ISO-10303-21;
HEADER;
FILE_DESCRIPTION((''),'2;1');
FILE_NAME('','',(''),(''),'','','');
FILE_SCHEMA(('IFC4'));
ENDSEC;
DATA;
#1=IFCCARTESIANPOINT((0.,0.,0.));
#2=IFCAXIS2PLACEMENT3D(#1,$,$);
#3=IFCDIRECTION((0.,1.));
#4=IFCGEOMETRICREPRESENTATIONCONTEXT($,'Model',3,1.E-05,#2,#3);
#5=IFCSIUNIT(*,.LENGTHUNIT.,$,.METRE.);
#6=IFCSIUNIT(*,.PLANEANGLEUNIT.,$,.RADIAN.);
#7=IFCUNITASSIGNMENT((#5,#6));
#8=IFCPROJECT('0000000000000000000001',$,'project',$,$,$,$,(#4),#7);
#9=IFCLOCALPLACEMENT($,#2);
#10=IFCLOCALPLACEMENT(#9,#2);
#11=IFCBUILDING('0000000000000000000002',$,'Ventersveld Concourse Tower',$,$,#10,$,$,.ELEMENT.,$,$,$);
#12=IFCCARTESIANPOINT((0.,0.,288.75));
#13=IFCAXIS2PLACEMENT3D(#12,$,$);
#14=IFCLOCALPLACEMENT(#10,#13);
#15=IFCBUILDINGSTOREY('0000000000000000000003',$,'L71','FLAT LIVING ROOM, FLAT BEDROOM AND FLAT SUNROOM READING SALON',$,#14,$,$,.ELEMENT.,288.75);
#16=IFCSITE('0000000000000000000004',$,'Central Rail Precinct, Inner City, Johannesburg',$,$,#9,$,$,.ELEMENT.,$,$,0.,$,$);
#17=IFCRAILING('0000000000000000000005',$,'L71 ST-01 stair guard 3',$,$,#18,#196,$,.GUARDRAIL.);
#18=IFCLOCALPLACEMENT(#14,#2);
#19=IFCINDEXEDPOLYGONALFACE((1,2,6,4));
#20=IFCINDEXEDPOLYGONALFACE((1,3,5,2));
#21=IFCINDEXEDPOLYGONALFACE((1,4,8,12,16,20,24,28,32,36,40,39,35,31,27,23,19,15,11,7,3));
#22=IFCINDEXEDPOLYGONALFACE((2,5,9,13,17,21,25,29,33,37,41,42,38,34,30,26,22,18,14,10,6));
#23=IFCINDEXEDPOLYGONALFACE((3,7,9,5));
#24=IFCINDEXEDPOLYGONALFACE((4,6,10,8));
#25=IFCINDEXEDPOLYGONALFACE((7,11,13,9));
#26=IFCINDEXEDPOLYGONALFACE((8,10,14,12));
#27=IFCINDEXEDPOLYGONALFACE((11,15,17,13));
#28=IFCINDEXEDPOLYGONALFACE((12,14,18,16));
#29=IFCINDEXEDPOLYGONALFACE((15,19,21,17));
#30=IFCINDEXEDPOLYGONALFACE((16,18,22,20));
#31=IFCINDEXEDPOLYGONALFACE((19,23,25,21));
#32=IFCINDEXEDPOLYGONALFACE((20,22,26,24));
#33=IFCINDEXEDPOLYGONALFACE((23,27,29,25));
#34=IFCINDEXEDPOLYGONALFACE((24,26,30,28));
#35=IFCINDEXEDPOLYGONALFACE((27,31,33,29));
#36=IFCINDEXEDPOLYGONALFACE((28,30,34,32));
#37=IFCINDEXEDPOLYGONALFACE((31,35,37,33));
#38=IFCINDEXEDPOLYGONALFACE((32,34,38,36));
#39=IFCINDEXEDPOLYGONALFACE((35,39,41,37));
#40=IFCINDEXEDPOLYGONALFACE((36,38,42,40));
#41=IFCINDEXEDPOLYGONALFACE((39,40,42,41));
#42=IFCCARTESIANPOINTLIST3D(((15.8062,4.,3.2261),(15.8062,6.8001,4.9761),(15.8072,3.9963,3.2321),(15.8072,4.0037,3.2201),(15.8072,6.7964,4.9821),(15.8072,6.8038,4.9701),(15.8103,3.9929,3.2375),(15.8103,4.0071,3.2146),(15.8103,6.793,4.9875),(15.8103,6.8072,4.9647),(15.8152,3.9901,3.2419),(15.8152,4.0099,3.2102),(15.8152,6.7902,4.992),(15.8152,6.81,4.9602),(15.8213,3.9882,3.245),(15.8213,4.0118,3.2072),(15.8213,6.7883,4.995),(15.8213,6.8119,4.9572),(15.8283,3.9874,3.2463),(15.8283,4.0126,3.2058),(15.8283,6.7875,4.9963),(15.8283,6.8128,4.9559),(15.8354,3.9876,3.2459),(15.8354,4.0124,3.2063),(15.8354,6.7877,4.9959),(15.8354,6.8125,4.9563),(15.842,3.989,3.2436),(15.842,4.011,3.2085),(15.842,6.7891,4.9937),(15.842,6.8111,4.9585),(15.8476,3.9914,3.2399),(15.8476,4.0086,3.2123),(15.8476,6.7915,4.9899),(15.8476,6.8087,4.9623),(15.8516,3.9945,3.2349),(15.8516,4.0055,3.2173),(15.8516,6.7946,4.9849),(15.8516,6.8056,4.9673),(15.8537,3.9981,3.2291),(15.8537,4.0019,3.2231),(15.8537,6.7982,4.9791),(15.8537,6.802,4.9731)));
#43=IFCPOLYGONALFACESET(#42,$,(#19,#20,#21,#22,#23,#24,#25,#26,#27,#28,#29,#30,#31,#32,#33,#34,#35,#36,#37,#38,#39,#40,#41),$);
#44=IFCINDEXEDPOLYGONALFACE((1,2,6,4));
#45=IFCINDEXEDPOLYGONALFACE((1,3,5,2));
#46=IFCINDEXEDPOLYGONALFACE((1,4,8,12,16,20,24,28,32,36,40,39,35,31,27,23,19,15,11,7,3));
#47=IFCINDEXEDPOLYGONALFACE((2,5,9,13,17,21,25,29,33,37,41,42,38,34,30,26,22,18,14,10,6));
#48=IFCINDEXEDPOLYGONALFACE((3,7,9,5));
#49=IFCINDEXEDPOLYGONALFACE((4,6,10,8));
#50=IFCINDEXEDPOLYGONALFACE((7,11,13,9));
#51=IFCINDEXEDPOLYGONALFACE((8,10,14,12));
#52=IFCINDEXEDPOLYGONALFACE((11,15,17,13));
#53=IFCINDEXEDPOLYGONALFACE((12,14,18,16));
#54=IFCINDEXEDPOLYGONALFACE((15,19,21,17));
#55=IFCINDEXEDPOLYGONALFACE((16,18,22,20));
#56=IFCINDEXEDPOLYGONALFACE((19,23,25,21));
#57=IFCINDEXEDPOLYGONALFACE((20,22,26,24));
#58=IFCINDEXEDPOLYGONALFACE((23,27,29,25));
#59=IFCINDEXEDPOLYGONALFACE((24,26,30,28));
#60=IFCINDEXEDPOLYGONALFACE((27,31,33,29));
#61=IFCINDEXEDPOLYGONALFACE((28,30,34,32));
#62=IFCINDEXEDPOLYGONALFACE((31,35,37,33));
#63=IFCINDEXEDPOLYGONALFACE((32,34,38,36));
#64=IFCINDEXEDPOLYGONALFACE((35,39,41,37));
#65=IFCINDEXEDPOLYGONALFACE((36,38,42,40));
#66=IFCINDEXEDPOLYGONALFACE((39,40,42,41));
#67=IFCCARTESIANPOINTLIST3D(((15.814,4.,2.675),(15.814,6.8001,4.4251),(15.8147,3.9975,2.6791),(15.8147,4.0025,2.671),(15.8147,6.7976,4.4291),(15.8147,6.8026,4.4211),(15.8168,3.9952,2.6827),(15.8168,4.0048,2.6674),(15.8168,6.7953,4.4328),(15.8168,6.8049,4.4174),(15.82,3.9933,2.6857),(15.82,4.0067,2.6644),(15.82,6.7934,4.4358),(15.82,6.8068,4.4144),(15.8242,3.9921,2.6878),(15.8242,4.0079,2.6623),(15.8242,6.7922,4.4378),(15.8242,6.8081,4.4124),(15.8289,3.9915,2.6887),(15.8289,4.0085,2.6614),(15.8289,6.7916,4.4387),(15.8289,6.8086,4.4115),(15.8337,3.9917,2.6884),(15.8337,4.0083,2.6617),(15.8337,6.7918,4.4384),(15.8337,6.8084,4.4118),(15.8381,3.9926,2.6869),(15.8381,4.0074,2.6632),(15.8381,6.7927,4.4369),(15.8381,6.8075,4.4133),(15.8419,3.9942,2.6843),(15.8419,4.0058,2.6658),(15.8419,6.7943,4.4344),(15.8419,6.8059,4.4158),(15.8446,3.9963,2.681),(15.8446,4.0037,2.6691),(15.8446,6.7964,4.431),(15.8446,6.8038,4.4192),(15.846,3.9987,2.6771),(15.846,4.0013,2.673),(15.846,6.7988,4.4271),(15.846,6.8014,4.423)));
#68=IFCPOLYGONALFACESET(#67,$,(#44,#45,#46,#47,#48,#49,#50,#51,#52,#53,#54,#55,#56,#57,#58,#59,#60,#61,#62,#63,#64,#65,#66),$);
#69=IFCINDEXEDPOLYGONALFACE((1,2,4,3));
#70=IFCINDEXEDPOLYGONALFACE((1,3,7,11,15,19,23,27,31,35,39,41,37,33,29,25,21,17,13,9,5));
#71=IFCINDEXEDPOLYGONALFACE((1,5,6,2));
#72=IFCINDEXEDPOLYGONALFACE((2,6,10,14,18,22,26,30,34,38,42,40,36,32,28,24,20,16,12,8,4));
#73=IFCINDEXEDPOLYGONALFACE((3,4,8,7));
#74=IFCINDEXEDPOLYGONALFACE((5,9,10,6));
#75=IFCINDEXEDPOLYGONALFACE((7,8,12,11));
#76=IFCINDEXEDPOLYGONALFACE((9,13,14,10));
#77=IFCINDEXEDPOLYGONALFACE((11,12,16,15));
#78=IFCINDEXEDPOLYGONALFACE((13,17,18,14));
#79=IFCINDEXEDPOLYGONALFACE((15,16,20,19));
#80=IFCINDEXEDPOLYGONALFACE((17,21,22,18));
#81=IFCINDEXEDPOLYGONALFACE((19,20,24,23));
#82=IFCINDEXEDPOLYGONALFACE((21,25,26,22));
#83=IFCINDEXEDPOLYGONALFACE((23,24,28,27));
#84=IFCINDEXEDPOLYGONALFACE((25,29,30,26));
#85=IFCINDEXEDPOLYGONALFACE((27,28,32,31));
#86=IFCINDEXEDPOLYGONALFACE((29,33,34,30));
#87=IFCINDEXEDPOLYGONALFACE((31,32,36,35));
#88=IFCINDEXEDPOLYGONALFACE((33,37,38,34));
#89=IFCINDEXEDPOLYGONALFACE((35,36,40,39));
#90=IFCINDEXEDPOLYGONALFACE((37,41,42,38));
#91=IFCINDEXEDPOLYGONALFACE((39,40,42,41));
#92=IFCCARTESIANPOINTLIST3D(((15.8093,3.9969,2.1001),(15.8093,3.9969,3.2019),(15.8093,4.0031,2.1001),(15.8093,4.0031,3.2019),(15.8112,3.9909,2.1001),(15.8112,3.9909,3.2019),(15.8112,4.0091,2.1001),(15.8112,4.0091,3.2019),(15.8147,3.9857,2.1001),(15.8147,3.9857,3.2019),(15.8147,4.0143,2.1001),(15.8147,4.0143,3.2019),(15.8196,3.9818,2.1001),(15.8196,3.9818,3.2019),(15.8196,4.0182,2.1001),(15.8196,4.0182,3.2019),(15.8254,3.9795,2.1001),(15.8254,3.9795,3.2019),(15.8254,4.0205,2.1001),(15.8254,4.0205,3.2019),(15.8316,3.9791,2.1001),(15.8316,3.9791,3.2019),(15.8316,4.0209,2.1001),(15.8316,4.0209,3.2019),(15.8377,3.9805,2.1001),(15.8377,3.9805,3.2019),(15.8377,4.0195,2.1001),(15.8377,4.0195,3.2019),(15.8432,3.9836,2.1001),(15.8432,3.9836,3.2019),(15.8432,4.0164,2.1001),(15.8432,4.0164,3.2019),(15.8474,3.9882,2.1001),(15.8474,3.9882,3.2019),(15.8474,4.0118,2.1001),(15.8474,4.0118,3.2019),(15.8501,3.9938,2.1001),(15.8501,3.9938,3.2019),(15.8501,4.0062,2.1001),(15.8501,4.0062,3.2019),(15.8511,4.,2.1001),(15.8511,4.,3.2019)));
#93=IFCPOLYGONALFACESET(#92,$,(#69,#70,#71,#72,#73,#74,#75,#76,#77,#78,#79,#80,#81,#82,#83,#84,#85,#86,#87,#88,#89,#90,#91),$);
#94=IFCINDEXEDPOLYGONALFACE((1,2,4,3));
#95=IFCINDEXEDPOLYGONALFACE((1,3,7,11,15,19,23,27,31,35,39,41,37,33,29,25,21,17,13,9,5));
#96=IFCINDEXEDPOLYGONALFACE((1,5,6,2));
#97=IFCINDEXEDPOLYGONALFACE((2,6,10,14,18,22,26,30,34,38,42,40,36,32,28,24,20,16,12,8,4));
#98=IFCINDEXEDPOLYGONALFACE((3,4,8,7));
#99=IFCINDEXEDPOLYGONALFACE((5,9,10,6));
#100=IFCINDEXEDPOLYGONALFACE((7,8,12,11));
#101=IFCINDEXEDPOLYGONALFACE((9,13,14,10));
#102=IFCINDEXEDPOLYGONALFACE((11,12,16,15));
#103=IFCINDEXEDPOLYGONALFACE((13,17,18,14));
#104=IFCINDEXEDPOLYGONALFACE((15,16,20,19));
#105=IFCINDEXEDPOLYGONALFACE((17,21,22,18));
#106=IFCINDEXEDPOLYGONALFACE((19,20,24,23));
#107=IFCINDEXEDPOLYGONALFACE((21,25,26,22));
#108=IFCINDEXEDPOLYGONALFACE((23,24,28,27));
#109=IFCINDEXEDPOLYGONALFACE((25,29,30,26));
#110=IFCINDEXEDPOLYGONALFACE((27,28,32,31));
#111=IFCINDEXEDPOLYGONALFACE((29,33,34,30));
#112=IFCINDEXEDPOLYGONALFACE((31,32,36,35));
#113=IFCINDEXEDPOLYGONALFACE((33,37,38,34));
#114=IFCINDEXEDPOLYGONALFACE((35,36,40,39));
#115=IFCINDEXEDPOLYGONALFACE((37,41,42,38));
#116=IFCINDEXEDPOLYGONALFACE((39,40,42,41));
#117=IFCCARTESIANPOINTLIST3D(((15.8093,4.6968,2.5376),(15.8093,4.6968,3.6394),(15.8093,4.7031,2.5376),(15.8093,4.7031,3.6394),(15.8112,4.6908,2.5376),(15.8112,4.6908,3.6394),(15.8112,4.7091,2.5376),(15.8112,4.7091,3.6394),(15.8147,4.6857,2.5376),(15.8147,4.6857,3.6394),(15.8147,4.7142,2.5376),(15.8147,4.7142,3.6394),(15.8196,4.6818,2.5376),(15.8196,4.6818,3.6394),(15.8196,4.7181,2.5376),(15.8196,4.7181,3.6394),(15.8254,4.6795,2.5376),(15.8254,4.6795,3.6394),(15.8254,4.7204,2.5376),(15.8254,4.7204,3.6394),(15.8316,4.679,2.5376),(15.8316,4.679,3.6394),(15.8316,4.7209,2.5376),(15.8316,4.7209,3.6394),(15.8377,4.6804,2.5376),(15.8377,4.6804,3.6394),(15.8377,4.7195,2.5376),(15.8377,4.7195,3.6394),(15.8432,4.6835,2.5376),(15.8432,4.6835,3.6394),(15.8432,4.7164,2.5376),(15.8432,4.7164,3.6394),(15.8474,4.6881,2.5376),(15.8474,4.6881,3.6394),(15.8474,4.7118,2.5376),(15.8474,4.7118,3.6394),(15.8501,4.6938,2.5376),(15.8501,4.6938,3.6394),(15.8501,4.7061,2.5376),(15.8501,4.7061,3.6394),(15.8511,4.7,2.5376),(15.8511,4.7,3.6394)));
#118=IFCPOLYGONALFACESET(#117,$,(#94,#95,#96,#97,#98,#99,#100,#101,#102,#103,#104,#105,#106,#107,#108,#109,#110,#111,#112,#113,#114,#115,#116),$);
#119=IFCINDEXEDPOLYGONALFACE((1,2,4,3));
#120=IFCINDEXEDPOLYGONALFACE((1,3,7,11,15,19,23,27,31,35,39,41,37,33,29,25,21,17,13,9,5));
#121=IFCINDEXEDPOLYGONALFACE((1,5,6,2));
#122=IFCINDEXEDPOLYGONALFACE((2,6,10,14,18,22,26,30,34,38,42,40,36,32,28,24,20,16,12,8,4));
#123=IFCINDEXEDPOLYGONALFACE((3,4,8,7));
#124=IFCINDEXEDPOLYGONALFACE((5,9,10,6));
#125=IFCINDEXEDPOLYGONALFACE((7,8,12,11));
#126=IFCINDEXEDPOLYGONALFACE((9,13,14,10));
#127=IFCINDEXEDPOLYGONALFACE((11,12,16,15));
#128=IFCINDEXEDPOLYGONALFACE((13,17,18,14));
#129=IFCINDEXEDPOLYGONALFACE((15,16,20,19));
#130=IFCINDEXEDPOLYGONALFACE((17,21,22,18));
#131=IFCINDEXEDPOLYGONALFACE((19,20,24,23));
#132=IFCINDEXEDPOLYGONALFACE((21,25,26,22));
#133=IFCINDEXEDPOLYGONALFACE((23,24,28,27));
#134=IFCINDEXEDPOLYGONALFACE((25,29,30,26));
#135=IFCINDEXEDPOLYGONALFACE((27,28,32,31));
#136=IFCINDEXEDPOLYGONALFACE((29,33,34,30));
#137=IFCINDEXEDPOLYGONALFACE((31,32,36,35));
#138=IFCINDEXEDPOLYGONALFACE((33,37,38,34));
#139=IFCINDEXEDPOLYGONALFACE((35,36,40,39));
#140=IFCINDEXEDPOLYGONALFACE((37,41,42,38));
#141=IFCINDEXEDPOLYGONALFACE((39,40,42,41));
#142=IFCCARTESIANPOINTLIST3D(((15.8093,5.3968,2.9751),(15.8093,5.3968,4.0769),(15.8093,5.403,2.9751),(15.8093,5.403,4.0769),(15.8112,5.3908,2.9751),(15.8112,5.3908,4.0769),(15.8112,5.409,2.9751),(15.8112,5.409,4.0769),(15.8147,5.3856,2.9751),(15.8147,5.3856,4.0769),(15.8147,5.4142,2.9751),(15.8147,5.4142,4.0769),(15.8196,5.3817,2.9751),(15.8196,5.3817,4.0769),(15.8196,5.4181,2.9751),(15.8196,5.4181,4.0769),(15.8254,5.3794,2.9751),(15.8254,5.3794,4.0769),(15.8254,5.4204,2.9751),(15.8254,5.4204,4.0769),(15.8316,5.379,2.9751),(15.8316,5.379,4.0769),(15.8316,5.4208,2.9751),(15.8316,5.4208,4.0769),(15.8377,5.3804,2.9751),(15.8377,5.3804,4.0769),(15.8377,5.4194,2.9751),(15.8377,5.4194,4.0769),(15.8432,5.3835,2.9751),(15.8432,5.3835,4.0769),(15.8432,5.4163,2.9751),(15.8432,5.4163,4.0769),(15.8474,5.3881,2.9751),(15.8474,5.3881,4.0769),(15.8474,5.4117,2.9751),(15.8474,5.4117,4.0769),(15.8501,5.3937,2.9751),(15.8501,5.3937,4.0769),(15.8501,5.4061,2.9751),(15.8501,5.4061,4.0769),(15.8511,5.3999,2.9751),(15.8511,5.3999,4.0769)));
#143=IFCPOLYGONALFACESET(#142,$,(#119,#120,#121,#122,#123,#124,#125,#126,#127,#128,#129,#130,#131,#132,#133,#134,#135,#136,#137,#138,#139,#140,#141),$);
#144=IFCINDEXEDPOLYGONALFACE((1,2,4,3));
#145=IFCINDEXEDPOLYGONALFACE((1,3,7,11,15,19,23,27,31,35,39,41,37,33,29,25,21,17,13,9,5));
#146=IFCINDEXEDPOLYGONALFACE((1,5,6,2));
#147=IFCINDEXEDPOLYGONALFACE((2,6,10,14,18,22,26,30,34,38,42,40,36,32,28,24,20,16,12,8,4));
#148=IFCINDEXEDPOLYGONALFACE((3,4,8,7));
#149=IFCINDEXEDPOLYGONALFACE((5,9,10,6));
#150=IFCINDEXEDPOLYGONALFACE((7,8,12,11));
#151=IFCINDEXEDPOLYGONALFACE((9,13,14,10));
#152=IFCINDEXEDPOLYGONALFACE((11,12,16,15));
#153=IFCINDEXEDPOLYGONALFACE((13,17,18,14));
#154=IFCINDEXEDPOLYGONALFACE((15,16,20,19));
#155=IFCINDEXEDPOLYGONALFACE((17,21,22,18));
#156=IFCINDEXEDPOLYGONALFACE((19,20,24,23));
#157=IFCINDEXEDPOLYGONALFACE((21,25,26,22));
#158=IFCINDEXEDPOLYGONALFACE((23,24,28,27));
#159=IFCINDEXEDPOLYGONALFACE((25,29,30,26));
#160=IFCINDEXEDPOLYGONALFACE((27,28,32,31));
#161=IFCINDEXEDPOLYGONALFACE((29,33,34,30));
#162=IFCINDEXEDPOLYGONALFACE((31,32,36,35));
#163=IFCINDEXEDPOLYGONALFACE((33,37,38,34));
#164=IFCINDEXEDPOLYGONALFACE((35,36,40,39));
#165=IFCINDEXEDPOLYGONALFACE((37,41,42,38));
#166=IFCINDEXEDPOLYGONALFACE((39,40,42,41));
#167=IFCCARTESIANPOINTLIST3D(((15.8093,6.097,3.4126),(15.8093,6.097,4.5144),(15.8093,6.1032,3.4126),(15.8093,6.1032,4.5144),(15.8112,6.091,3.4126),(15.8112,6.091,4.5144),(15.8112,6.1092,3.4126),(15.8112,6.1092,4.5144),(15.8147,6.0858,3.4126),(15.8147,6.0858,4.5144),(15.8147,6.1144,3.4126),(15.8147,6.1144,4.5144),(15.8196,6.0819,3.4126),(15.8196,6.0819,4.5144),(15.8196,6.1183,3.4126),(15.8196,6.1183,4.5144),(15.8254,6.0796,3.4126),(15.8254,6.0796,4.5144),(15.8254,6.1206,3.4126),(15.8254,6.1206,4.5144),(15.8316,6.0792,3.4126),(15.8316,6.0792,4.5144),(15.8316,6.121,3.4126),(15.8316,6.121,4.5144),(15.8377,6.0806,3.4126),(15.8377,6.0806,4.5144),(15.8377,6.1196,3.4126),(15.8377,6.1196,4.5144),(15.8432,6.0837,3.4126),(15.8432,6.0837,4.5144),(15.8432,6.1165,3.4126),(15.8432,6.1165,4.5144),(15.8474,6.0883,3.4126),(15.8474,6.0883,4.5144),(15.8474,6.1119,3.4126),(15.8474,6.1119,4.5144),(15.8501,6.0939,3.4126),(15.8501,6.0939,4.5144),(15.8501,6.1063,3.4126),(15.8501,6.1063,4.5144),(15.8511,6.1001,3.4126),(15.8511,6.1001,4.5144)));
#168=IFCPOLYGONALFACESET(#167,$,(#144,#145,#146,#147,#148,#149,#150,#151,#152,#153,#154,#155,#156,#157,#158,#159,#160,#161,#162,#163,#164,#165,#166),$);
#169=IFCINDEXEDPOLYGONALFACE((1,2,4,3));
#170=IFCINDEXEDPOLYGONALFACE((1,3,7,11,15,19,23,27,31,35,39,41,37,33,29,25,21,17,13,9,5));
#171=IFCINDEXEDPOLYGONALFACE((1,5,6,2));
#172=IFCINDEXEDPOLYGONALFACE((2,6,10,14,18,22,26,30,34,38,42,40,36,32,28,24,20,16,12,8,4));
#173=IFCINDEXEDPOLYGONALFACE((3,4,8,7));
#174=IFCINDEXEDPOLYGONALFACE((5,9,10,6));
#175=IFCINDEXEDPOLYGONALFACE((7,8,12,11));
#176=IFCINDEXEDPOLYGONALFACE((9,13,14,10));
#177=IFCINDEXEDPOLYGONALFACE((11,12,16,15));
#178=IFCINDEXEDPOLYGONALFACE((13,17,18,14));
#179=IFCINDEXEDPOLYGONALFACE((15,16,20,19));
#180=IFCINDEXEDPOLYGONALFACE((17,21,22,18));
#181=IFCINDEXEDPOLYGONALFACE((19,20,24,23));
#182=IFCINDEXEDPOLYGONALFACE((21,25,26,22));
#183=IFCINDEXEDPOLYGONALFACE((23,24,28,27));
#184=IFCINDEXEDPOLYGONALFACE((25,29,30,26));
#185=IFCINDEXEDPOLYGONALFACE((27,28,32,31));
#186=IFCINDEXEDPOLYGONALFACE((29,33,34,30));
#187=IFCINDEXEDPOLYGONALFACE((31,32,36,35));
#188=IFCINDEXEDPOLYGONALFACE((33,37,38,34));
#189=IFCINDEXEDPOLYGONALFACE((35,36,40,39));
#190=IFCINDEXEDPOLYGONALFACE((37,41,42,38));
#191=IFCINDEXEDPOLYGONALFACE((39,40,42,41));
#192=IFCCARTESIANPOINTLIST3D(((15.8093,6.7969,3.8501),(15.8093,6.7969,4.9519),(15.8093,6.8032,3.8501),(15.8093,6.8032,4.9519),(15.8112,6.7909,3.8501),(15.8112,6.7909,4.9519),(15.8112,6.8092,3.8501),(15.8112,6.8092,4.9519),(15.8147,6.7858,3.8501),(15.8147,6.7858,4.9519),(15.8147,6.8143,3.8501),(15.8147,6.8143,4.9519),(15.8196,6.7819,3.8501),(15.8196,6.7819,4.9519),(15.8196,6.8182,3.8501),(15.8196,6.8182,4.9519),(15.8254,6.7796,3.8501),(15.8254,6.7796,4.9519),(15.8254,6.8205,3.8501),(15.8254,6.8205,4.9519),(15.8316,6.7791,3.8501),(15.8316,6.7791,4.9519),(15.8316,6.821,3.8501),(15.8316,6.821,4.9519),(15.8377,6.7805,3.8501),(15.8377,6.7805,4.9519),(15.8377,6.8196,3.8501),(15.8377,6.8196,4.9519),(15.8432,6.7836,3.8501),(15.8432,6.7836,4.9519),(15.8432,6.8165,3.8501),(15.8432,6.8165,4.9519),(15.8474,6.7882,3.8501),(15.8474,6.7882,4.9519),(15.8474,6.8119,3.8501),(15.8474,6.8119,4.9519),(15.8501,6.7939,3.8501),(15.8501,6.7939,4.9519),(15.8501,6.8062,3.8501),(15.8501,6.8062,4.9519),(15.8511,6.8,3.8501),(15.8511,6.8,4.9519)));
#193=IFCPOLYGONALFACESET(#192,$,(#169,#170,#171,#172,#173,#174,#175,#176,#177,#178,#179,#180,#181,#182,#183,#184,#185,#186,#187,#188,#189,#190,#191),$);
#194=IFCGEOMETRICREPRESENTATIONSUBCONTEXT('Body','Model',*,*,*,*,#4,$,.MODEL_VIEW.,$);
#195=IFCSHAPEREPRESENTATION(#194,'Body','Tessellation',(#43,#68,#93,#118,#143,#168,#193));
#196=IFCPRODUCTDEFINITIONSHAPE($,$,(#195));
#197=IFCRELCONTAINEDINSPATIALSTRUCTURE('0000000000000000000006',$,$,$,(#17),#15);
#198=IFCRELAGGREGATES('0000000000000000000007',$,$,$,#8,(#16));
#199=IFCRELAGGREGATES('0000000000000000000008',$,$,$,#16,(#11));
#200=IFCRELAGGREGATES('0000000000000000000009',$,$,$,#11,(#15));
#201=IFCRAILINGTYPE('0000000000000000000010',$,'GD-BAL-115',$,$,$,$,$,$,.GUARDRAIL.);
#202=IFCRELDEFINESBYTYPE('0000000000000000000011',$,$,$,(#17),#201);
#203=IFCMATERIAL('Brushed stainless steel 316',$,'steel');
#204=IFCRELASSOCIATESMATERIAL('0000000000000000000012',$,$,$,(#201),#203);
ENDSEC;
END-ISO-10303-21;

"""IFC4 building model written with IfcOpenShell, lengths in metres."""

from ifc_helpers import new_model, si_unit, direction, frame, origin, origin_2d, place, context, subcontext, project, spatial, circle, extrude, material, type_object, element, save


model = new_model("IFC4")

# Units and contexts
model_context = context("Model", 3, precision=1e-05, world=origin(), true_north=direction((0.0, 1.0)))
body_context = subcontext(model_context, "Body", "Model", "MODEL_VIEW")
ifc_project = project(units=[si_unit("LENGTHUNIT", "METRE"), si_unit("PLANEANGLEUNIT", "RADIAN")], contexts=[model_context])

# Site, building, storey
site_placement = place(None, origin())
site = spatial("IfcSite", under=ifc_project, at=site_placement, Name="Central Rail Precinct, Inner City, Johannesburg", CompositionType="ELEMENT", RefElevation=0.0)
building_placement = place(site_placement, origin())
building = spatial("IfcBuilding", under=site, at=building_placement, Name="Ventersveld Concourse Tower", CompositionType="ELEMENT")
storey_placement = place(building_placement, frame((0.0, 0.0, 288.75)))
storey = spatial("IfcBuildingStorey", under=building, at=storey_placement, Name="L71", Description="FLAT LIVING ROOM, FLAT BEDROOM AND FLAT SUNROOM READING SALON", CompositionType="ELEMENT", Elevation=288.75)

# Shared definitions
ifc_material_1 = material(Name="Brushed stainless steel 316", Category="steel")

# Railing
railing_type_1 = type_object("IfcRailingType", Name="GD-BAL-115", PredefinedType="GUARDRAIL", material=ifc_material_1)
railing_1_placement = place(storey_placement, frame((15.8301, 4.0, 2.1001)))
element("IfcRailing", 1, at=railing_1_placement, inside=storey, type_object=railing_type_1, Name="L71 ST-01 stair guard 3", PredefinedType="GUARDRAIL", context=body_context, shape_type="SweptSolid", body=[
    extrude(circle(Radius=0.0239, at=origin_2d()), frame((0.0, 0.0, 1.126), z_axis=(0.0, 0.848002, 0.529992), x_axis=(-1.0, 0.0, 0.0)), (0.0, 0.0, 1.0), 3.302),
    extrude(circle(Radius=0.0161, at=origin_2d()), frame((0.0, 0.0, 0.575), z_axis=(0.0, 0.848002, 0.529992), x_axis=(-1.0, 0.0, 0.0)), (0.0, 0.0, 1.0), 3.302),
    extrude(circle(Radius=0.021, at=origin_2d()), origin(), (0.0, 0.0, 1.0), 1.1018),
    extrude(circle(Radius=0.021, at=origin_2d()), frame((0.0, 0.7, 0.4375)), (0.0, 0.0, 1.0), 1.1018),
    extrude(circle(Radius=0.021, at=origin_2d()), frame((0.0, 1.3999, 0.875)), (0.0, 0.0, 1.0), 1.1018),
    extrude(circle(Radius=0.021, at=origin_2d()), frame((0.0, 2.1001, 1.3125)), (0.0, 0.0, 1.0), 1.1018),
    extrude(circle(Radius=0.021, at=origin_2d()), frame((0.0, 2.8, 1.75)), (0.0, 0.0, 1.0), 1.1018),
])

save(model, "model.ifc")
